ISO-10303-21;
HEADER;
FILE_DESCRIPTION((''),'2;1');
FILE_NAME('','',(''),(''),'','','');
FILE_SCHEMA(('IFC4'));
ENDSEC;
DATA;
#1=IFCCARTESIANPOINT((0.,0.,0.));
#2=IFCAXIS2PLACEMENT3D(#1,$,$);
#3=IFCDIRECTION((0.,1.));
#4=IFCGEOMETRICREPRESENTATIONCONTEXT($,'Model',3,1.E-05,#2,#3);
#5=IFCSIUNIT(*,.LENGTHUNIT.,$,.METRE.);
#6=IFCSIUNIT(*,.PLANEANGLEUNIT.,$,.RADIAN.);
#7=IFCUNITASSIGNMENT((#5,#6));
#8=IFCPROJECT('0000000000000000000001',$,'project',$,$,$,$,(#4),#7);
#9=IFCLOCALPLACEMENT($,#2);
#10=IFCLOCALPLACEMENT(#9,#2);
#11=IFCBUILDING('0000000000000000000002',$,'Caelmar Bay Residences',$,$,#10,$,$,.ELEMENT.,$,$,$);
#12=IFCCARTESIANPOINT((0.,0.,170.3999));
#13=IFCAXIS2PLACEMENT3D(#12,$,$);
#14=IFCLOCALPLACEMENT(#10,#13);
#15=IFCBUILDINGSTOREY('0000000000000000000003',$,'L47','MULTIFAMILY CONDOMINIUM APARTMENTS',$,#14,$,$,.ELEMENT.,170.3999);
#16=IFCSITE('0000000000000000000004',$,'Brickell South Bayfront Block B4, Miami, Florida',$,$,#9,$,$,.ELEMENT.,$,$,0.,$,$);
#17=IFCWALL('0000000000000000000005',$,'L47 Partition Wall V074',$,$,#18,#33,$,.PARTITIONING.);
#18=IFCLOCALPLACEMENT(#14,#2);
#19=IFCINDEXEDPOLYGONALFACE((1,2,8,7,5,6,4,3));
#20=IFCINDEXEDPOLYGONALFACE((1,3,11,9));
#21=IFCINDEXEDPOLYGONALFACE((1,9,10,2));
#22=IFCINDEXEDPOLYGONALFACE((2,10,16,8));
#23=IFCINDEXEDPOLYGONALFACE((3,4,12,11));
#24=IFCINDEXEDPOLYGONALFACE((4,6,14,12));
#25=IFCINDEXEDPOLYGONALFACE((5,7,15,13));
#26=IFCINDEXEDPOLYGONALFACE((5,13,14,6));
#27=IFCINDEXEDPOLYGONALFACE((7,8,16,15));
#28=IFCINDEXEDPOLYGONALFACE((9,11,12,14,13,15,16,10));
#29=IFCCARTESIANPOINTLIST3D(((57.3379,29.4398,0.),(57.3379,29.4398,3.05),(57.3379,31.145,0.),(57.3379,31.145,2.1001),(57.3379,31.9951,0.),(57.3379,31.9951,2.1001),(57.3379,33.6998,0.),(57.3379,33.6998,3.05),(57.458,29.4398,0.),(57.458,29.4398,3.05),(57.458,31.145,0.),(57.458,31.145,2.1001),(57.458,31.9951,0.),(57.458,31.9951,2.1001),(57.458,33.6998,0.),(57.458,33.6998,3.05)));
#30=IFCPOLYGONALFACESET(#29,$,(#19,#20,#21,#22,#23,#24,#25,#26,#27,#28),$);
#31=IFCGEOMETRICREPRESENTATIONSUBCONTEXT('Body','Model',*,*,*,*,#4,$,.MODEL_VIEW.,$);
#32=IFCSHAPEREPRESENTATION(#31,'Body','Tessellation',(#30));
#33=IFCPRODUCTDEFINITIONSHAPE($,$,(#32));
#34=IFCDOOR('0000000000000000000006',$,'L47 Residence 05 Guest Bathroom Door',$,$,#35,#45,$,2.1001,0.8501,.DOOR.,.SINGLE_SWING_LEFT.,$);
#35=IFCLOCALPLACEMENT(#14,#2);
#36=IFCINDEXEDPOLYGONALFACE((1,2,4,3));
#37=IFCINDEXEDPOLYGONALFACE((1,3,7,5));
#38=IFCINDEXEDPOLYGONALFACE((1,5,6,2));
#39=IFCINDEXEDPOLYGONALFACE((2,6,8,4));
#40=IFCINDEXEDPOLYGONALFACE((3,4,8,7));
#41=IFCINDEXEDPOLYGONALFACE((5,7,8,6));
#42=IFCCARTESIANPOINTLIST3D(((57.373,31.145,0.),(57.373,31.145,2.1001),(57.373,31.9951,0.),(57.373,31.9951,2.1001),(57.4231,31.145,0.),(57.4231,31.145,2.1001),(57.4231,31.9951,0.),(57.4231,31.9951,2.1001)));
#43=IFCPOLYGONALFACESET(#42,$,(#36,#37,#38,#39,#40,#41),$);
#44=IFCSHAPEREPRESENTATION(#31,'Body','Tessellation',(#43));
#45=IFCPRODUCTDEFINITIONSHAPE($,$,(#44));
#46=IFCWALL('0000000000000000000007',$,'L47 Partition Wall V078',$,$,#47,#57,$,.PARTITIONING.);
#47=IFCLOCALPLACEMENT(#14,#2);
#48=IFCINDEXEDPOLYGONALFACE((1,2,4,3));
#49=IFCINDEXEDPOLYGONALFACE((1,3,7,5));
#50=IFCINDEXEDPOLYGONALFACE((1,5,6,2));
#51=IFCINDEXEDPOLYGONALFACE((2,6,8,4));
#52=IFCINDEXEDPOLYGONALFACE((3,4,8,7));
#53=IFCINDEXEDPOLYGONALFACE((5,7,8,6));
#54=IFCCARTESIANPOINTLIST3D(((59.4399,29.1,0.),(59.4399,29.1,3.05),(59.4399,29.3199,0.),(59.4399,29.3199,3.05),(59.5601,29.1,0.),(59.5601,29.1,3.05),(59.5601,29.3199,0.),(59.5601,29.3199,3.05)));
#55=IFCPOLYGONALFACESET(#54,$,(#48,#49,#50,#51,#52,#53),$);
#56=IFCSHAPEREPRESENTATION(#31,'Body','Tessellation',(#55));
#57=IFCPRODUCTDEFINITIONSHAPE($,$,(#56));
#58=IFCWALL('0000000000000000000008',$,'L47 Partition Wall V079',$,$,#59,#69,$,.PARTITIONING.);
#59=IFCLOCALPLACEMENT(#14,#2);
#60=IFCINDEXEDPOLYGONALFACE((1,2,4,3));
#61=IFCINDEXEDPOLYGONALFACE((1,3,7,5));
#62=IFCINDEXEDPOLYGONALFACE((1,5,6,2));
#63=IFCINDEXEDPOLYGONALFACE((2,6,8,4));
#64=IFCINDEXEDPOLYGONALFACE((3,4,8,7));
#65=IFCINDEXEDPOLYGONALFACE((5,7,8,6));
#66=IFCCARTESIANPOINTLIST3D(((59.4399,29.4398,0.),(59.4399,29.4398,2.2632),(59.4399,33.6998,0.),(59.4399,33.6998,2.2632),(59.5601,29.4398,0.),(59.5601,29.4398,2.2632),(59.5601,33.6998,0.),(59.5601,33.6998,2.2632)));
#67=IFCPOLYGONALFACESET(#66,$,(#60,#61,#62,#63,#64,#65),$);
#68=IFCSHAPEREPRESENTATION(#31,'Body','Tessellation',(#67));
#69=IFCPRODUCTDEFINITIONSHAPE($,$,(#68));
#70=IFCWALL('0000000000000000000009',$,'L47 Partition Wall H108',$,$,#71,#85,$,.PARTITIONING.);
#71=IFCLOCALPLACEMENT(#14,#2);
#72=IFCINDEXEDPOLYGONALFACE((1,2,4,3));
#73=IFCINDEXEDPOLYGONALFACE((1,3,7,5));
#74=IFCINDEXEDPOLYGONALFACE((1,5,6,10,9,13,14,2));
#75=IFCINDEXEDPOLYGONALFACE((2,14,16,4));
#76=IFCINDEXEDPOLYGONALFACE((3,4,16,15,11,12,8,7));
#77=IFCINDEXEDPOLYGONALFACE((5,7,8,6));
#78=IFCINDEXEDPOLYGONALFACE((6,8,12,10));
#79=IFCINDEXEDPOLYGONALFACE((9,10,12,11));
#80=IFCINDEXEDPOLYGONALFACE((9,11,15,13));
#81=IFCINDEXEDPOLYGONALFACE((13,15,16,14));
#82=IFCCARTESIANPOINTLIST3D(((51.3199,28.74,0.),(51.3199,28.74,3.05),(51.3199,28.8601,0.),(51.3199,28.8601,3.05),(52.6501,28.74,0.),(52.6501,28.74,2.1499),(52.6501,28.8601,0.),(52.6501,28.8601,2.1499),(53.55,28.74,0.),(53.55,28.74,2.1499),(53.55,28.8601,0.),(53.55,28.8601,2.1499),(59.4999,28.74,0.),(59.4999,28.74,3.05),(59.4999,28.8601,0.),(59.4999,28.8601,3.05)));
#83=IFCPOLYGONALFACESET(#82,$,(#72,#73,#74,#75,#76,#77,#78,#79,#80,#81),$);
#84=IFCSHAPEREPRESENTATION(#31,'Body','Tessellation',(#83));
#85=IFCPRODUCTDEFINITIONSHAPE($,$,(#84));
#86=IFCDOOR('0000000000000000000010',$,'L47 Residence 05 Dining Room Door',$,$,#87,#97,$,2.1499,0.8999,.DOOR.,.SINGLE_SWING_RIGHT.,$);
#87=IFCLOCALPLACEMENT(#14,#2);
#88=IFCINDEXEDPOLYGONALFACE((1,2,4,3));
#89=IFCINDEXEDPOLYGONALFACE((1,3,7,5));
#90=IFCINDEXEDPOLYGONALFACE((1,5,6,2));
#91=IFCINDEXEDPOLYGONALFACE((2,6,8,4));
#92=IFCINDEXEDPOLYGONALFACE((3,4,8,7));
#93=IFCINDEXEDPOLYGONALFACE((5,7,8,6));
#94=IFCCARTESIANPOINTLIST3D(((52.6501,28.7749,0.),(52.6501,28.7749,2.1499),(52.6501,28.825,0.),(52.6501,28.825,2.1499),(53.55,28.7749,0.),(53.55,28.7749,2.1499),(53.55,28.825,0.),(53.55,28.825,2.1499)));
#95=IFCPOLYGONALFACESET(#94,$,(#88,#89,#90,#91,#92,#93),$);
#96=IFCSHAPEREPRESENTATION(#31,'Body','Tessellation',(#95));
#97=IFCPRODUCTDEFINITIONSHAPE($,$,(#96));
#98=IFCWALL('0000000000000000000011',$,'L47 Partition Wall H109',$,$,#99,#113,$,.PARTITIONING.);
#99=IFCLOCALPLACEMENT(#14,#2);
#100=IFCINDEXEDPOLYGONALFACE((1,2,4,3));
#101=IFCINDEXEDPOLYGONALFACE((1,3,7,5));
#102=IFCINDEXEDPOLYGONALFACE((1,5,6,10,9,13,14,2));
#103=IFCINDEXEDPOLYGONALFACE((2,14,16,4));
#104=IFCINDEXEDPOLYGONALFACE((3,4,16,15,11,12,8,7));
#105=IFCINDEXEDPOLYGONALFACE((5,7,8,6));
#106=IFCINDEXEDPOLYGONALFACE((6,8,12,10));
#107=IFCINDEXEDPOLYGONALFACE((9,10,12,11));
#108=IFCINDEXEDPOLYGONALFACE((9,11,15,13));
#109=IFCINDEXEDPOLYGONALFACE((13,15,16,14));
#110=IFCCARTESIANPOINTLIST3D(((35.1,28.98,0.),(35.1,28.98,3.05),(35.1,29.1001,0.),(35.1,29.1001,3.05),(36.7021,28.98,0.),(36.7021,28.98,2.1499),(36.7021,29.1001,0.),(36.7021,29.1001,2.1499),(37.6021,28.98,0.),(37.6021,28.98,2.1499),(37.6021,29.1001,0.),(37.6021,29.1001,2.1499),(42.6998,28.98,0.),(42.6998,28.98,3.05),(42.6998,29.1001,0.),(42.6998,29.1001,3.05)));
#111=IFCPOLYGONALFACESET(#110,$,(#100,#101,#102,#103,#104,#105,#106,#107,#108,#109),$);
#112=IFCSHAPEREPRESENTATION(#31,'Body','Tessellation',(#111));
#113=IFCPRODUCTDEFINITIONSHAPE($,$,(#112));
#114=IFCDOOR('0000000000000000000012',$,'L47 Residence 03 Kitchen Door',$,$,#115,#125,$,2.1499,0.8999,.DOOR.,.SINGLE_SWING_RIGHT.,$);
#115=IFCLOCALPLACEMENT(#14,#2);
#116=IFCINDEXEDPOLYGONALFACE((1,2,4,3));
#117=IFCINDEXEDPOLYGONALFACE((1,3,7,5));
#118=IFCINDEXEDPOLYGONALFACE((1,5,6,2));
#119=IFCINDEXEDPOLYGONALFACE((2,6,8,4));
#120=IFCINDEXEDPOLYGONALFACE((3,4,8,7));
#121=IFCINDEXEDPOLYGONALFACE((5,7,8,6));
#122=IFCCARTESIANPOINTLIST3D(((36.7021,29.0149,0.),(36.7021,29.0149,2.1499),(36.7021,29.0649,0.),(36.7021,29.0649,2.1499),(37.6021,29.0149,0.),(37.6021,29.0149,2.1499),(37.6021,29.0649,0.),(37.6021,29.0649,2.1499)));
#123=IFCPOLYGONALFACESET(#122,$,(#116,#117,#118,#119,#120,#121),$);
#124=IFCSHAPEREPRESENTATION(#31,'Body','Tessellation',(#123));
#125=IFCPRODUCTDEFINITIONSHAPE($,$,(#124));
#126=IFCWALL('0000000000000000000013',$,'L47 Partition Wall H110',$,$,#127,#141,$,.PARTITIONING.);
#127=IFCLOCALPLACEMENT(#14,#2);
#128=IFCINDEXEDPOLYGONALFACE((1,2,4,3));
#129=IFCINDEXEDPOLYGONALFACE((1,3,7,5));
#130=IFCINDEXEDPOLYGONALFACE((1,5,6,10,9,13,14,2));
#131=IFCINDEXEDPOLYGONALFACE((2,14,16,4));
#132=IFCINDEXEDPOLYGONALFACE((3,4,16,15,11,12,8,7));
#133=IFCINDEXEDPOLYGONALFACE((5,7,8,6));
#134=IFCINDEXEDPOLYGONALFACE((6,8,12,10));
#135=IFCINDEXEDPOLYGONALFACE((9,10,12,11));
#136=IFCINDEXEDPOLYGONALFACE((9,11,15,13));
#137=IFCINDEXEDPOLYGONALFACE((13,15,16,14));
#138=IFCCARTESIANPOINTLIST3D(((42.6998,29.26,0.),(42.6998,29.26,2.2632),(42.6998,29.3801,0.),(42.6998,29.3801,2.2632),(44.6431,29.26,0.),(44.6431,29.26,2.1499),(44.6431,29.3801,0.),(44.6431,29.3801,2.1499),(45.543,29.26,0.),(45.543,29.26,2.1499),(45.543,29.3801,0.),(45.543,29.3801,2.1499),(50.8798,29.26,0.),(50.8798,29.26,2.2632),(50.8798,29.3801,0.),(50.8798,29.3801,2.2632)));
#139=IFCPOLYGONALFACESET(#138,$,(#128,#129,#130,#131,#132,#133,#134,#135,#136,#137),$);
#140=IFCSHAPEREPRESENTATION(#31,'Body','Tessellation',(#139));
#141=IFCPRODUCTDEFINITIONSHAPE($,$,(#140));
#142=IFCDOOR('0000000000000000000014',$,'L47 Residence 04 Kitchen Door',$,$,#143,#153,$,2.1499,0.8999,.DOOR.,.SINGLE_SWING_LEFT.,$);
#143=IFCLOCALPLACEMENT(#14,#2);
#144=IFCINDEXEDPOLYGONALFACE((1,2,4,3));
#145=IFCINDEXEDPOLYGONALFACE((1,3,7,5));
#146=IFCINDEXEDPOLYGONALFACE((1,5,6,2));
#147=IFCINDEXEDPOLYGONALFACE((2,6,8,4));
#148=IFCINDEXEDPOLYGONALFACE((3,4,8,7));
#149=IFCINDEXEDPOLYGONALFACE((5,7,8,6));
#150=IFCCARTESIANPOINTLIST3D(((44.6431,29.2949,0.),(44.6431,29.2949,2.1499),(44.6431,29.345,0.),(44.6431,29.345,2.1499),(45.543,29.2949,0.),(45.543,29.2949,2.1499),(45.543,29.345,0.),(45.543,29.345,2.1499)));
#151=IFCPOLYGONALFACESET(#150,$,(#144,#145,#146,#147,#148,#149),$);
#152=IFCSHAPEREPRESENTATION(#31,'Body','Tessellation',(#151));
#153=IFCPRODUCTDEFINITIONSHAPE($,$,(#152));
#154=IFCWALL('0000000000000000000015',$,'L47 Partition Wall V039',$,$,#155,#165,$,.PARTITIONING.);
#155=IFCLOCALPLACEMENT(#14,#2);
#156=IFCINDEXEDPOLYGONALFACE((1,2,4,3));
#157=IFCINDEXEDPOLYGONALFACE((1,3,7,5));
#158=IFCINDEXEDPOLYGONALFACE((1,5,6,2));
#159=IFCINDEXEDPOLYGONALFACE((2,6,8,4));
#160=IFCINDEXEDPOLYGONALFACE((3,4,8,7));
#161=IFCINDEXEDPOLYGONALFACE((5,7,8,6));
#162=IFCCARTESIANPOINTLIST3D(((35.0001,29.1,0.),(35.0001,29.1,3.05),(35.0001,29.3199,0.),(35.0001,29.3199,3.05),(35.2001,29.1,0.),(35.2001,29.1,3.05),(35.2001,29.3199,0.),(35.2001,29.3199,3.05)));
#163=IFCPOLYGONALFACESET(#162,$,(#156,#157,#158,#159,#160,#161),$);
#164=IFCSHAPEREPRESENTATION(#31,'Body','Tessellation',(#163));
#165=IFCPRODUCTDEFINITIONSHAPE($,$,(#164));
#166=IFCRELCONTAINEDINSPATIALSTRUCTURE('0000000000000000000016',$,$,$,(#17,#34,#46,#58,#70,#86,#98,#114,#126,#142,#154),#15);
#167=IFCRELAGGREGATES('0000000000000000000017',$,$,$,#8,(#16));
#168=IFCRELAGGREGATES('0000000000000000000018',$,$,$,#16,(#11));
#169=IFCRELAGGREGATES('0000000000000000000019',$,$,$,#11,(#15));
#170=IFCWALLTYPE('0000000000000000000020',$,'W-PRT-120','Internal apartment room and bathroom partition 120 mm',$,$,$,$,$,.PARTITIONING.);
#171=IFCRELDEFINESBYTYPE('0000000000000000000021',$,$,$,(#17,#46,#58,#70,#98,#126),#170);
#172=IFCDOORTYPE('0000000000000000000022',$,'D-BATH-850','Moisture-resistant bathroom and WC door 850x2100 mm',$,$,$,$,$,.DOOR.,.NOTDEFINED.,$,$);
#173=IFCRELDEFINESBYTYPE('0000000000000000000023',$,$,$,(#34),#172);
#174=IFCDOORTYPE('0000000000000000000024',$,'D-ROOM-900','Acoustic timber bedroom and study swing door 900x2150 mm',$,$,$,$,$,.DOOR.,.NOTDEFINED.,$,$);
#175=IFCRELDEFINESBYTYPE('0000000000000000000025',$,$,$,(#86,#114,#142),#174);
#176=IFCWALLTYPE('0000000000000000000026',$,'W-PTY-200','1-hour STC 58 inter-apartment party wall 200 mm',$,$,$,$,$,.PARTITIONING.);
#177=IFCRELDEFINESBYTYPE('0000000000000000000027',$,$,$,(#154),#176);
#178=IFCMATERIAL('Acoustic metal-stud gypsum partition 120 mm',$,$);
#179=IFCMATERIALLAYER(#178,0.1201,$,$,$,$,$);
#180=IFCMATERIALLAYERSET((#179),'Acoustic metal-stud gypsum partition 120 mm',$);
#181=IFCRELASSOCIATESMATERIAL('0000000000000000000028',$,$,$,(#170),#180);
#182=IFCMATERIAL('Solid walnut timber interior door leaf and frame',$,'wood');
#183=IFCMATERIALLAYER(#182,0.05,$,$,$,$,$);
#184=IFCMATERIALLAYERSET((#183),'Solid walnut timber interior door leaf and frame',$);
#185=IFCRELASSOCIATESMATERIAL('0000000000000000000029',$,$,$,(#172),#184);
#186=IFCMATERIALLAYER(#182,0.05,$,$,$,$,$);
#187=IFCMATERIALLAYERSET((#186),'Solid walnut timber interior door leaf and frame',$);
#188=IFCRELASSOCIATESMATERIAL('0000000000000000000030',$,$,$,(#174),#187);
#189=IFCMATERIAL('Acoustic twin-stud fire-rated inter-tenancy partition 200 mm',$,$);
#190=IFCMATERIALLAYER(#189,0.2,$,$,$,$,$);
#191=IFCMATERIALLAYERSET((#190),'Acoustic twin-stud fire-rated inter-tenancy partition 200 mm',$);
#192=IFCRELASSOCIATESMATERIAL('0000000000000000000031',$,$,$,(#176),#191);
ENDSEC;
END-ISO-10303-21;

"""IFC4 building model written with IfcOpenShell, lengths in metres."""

from ifc_helpers import new_model, si_unit, direction, frame, frame_2d, origin, place, context, subcontext, project, spatial, rectangle, extrude, material, layer, layer_set, type_object, element, fill, save


model = new_model("IFC4")

# Units and contexts
model_context = context("Model", 3, precision=1e-05, world=origin(), true_north=direction((0.0, 1.0)))
body_context = subcontext(model_context, "Body", "Model", "MODEL_VIEW")
ifc_project = project(units=[si_unit("LENGTHUNIT", "METRE"), si_unit("PLANEANGLEUNIT", "RADIAN")], contexts=[model_context])

# Site, building, storey
site_placement = place(None, origin())
site = spatial("IfcSite", under=ifc_project, at=site_placement, Name="Brickell South Bayfront Block B4, Miami, Florida", CompositionType="ELEMENT", RefElevation=0.0)
building_placement = place(site_placement, origin())
building = spatial("IfcBuilding", under=site, at=building_placement, Name="Caelmar Bay Residences", CompositionType="ELEMENT")
storey_placement = place(building_placement, frame((0.0, 0.0, 170.3999)))
storey = spatial("IfcBuildingStorey", under=building, at=storey_placement, Name="L47", Description="MULTIFAMILY CONDOMINIUM APARTMENTS", CompositionType="ELEMENT", Elevation=170.3999)

# Shared definitions
ifc_material_1 = material(Name="Acoustic metal-stud gypsum partition 120 mm")
ifc_layer_1 = layer(ifc_material_1, 0.1201)
ifc_layer_set_1 = layer_set([ifc_layer_1], Name="Acoustic metal-stud gypsum partition 120 mm")
wall_type_1 = type_object("IfcWallType", Name="W-PRT-120", Description="Internal apartment room and bathroom partition 120 mm", PredefinedType="PARTITIONING", material=ifc_layer_set_1)

# Shared definitions
ifc_material_2 = material(Name="Solid walnut timber interior door leaf and frame", Category="wood")
ifc_layer_2 = layer(ifc_material_2, 0.05)
ifc_layer_set_2 = layer_set([ifc_layer_2], Name="Solid walnut timber interior door leaf and frame")
door_type_1 = type_object("IfcDoorType", Name="D-BATH-850", Description="Moisture-resistant bathroom and WC door 850x2100 mm", OperationType="NOTDEFINED", PredefinedType="DOOR", material=ifc_layer_set_2)

# Wall, opening, door
wall_1_placement = place(storey_placement, frame((57.3979, 29.4399, 0.0), z_axis=(0.0, 0.0, 1.0), x_axis=(0.0, 1.0, 0.0)))
wall_1 = element("IfcWall", 1, at=wall_1_placement, inside=storey, type_object=wall_type_1, Name="L47 Partition Wall V074", PredefinedType="PARTITIONING", context=body_context, shape_type="SweptSolid", body=[
    extrude(rectangle(XDim=4.26, YDim=0.1201, at=frame_2d((2.1299, 0.0))), origin(), (0.0, 0.0, 1.0), 3.05),
])
opening_1_placement = place(wall_1_placement, frame((1.7051, 0.0, 0.0)))
opening_1 = element("IfcOpeningElement", 2, at=opening_1_placement, cuts=wall_1, PredefinedType="OPENING", context=body_context, shape_type="SweptSolid", body=[
    extrude(rectangle(XDim=0.8501, YDim=2.1001, at=frame_2d((0.425, 1.05))), frame((0.0, 0.0701, 0.0), z_axis=(0.0, -1.0, 0.0), x_axis=(1.0, 0.0, 0.0)), (0.0, 0.0, 1.0), 0.1401),
])
door_1_placement = place(opening_1_placement, origin())
door_1 = element("IfcDoor", 3, at=door_1_placement, inside=storey, type_object=door_type_1, Name="L47 Residence 05 Guest Bathroom Door", OperationType="SINGLE_SWING_LEFT", OverallHeight=2.1001, OverallWidth=0.8501, PredefinedType="DOOR", context=body_context, shape_type="SweptSolid", body=[
    extrude(rectangle(XDim=0.8501, YDim=2.1001, at=frame_2d((0.425, 1.05))), frame((0.0, 0.0249, 0.0), z_axis=(0.0, -1.0, 0.0), x_axis=(1.0, 0.0, 0.0)), (0.0, 0.0, 1.0), 0.05),
])
fill(opening_1, door_1)
ifc_layer_3 = layer(ifc_material_2, 0.05)
ifc_layer_set_3 = layer_set([ifc_layer_3], Name="Solid walnut timber interior door leaf and frame")
door_type_2 = type_object("IfcDoorType", Name="D-ROOM-900", Description="Acoustic timber bedroom and study swing door 900x2150 mm", OperationType="NOTDEFINED", PredefinedType="DOOR", material=ifc_layer_set_3)

# Walls
wall_2_placement = place(storey_placement, frame((59.5, 29.1001, 0.0), z_axis=(0.0, 0.0, 1.0), x_axis=(0.0, 1.0, 0.0)))
element("IfcWall", 4, at=wall_2_placement, inside=storey, type_object=wall_type_1, Name="L47 Partition Wall V078", PredefinedType="PARTITIONING", context=body_context, shape_type="SweptSolid", body=[
    extrude(rectangle(XDim=0.22, YDim=0.1201, at=frame_2d((0.1099, 0.0))), origin(), (0.0, 0.0, 1.0), 3.05),
])
wall_3_placement = place(storey_placement, frame((59.5, 29.4399, 0.0), z_axis=(0.0, 0.0, 1.0), x_axis=(0.0, 1.0, 0.0)))
element("IfcWall", 5, at=wall_3_placement, inside=storey, type_object=wall_type_1, Name="L47 Partition Wall V079", PredefinedType="PARTITIONING", context=body_context, shape_type="SweptSolid", body=[
    extrude(rectangle(XDim=4.26, YDim=0.1201, at=frame_2d((2.1299, 0.0))), origin(), (0.0, 0.0, 1.0), 2.2632),
])

# Walls, openings, doors
wall_4_placement = place(storey_placement, frame((51.3201, 28.8, 0.0), z_axis=(0.0, 0.0, 1.0), x_axis=(1.0, 0.0, 0.0)))
wall_4 = element("IfcWall", 6, at=wall_4_placement, inside=storey, type_object=wall_type_1, Name="L47 Partition Wall H108", PredefinedType="PARTITIONING", context=body_context, shape_type="SweptSolid", body=[
    extrude(rectangle(XDim=8.1799, YDim=0.1201, at=frame_2d((4.0898, 0.0))), origin(), (0.0, 0.0, 1.0), 3.05),
])
opening_2_placement = place(wall_4_placement, frame((1.3301, 0.0, 0.0)))
opening_2 = element("IfcOpeningElement", 7, at=opening_2_placement, cuts=wall_4, PredefinedType="OPENING", context=body_context, shape_type="SweptSolid", body=[
    extrude(rectangle(XDim=0.8999, YDim=2.1499, at=frame_2d((0.45, 1.075))), frame((0.0, 0.0701, 0.0), z_axis=(0.0, -1.0, 0.0), x_axis=(1.0, 0.0, 0.0)), (0.0, 0.0, 1.0), 0.1401),
])
door_2_placement = place(opening_2_placement, origin())
door_2 = element("IfcDoor", 8, at=door_2_placement, inside=storey, type_object=door_type_2, Name="L47 Residence 05 Dining Room Door", OperationType="SINGLE_SWING_RIGHT", OverallHeight=2.1499, OverallWidth=0.8999, PredefinedType="DOOR", context=body_context, shape_type="SweptSolid", body=[
    extrude(rectangle(XDim=0.8999, YDim=2.1499, at=frame_2d((0.45, 1.075))), frame((0.0, 0.0249, 0.0), z_axis=(0.0, -1.0, 0.0), x_axis=(1.0, 0.0, 0.0)), (0.0, 0.0, 1.0), 0.05),
])
fill(opening_2, door_2)
wall_5_placement = place(storey_placement, frame((35.1001, 29.04, 0.0), z_axis=(0.0, 0.0, 1.0), x_axis=(1.0, 0.0, 0.0)))
wall_5 = element("IfcWall", 9, at=wall_5_placement, inside=storey, type_object=wall_type_1, Name="L47 Partition Wall H109", PredefinedType="PARTITIONING", context=body_context, shape_type="SweptSolid", body=[
    extrude(rectangle(XDim=7.5999, YDim=0.1201, at=frame_2d((3.7998, 0.0))), origin(), (0.0, 0.0, 1.0), 3.05),
])
opening_3_placement = place(wall_5_placement, frame((1.6021, 0.0, 0.0)))
opening_3 = element("IfcOpeningElement", 10, at=opening_3_placement, cuts=wall_5, PredefinedType="OPENING", context=body_context, shape_type="SweptSolid", body=[
    extrude(rectangle(XDim=0.8999, YDim=2.1499, at=frame_2d((0.45, 1.075))), frame((0.0, 0.0701, 0.0), z_axis=(0.0, -1.0, 0.0), x_axis=(1.0, 0.0, 0.0)), (0.0, 0.0, 1.0), 0.1401),
])
door_3_placement = place(opening_3_placement, origin())
door_3 = element("IfcDoor", 11, at=door_3_placement, inside=storey, type_object=door_type_2, Name="L47 Residence 03 Kitchen Door", OperationType="SINGLE_SWING_RIGHT", OverallHeight=2.1499, OverallWidth=0.8999, PredefinedType="DOOR", context=body_context, shape_type="SweptSolid", body=[
    extrude(rectangle(XDim=0.8999, YDim=2.1499, at=frame_2d((0.45, 1.075))), frame((0.0, 0.0249, 0.0), z_axis=(0.0, -1.0, 0.0), x_axis=(1.0, 0.0, 0.0)), (0.0, 0.0, 1.0), 0.05),
])
fill(opening_3, door_3)
wall_6_placement = place(storey_placement, frame((42.7, 29.3201, 0.0), z_axis=(0.0, 0.0, 1.0), x_axis=(1.0, 0.0, 0.0)))
wall_6 = element("IfcWall", 12, at=wall_6_placement, inside=storey, type_object=wall_type_1, Name="L47 Partition Wall H110", PredefinedType="PARTITIONING", context=body_context, shape_type="SweptSolid", body=[
    extrude(rectangle(XDim=8.1799, YDim=0.1201, at=frame_2d((4.0898, 0.0))), origin(), (0.0, 0.0, 1.0), 2.2632),
])
opening_4_placement = place(wall_6_placement, frame((1.9431, 0.0, 0.0)))
opening_4 = element("IfcOpeningElement", 13, at=opening_4_placement, cuts=wall_6, PredefinedType="OPENING", context=body_context, shape_type="SweptSolid", body=[
    extrude(rectangle(XDim=0.8999, YDim=2.1499, at=frame_2d((0.45, 1.075))), frame((0.0, 0.0701, 0.0), z_axis=(0.0, -1.0, 0.0), x_axis=(1.0, 0.0, 0.0)), (0.0, 0.0, 1.0), 0.1401),
])
door_4_placement = place(opening_4_placement, origin())
door_4 = element("IfcDoor", 14, at=door_4_placement, inside=storey, type_object=door_type_2, Name="L47 Residence 04 Kitchen Door", OperationType="SINGLE_SWING_LEFT", OverallHeight=2.1499, OverallWidth=0.8999, PredefinedType="DOOR", context=body_context, shape_type="SweptSolid", body=[
    extrude(rectangle(XDim=0.8999, YDim=2.1499, at=frame_2d((0.45, 1.075))), frame((0.0, 0.0249, 0.0), z_axis=(0.0, -1.0, 0.0), x_axis=(1.0, 0.0, 0.0)), (0.0, 0.0, 1.0), 0.05),
])
fill(opening_4, door_4)

# Wall
ifc_material_3 = material(Name="Acoustic twin-stud fire-rated inter-tenancy partition 200 mm")
ifc_layer_4 = layer(ifc_material_3, 0.2)
ifc_layer_set_4 = layer_set([ifc_layer_4], Name="Acoustic twin-stud fire-rated inter-tenancy partition 200 mm")
wall_type_2 = type_object("IfcWallType", Name="W-PTY-200", Description="1-hour STC 58 inter-apartment party wall 200 mm", PredefinedType="PARTITIONING", material=ifc_layer_set_4)
wall_7_placement = place(storey_placement, frame((35.1001, 29.1001, 0.0), z_axis=(0.0, 0.0, 1.0), x_axis=(0.0, 1.0, 0.0)))
element("IfcWall", 15, at=wall_7_placement, inside=storey, type_object=wall_type_2, Name="L47 Partition Wall V039", PredefinedType="PARTITIONING", context=body_context, shape_type="SweptSolid", body=[
    extrude(rectangle(XDim=0.22, YDim=0.2, at=frame_2d((0.1099, 0.0))), origin(), (0.0, 0.0, 1.0), 3.05),
])

save(model, "model.ifc")
